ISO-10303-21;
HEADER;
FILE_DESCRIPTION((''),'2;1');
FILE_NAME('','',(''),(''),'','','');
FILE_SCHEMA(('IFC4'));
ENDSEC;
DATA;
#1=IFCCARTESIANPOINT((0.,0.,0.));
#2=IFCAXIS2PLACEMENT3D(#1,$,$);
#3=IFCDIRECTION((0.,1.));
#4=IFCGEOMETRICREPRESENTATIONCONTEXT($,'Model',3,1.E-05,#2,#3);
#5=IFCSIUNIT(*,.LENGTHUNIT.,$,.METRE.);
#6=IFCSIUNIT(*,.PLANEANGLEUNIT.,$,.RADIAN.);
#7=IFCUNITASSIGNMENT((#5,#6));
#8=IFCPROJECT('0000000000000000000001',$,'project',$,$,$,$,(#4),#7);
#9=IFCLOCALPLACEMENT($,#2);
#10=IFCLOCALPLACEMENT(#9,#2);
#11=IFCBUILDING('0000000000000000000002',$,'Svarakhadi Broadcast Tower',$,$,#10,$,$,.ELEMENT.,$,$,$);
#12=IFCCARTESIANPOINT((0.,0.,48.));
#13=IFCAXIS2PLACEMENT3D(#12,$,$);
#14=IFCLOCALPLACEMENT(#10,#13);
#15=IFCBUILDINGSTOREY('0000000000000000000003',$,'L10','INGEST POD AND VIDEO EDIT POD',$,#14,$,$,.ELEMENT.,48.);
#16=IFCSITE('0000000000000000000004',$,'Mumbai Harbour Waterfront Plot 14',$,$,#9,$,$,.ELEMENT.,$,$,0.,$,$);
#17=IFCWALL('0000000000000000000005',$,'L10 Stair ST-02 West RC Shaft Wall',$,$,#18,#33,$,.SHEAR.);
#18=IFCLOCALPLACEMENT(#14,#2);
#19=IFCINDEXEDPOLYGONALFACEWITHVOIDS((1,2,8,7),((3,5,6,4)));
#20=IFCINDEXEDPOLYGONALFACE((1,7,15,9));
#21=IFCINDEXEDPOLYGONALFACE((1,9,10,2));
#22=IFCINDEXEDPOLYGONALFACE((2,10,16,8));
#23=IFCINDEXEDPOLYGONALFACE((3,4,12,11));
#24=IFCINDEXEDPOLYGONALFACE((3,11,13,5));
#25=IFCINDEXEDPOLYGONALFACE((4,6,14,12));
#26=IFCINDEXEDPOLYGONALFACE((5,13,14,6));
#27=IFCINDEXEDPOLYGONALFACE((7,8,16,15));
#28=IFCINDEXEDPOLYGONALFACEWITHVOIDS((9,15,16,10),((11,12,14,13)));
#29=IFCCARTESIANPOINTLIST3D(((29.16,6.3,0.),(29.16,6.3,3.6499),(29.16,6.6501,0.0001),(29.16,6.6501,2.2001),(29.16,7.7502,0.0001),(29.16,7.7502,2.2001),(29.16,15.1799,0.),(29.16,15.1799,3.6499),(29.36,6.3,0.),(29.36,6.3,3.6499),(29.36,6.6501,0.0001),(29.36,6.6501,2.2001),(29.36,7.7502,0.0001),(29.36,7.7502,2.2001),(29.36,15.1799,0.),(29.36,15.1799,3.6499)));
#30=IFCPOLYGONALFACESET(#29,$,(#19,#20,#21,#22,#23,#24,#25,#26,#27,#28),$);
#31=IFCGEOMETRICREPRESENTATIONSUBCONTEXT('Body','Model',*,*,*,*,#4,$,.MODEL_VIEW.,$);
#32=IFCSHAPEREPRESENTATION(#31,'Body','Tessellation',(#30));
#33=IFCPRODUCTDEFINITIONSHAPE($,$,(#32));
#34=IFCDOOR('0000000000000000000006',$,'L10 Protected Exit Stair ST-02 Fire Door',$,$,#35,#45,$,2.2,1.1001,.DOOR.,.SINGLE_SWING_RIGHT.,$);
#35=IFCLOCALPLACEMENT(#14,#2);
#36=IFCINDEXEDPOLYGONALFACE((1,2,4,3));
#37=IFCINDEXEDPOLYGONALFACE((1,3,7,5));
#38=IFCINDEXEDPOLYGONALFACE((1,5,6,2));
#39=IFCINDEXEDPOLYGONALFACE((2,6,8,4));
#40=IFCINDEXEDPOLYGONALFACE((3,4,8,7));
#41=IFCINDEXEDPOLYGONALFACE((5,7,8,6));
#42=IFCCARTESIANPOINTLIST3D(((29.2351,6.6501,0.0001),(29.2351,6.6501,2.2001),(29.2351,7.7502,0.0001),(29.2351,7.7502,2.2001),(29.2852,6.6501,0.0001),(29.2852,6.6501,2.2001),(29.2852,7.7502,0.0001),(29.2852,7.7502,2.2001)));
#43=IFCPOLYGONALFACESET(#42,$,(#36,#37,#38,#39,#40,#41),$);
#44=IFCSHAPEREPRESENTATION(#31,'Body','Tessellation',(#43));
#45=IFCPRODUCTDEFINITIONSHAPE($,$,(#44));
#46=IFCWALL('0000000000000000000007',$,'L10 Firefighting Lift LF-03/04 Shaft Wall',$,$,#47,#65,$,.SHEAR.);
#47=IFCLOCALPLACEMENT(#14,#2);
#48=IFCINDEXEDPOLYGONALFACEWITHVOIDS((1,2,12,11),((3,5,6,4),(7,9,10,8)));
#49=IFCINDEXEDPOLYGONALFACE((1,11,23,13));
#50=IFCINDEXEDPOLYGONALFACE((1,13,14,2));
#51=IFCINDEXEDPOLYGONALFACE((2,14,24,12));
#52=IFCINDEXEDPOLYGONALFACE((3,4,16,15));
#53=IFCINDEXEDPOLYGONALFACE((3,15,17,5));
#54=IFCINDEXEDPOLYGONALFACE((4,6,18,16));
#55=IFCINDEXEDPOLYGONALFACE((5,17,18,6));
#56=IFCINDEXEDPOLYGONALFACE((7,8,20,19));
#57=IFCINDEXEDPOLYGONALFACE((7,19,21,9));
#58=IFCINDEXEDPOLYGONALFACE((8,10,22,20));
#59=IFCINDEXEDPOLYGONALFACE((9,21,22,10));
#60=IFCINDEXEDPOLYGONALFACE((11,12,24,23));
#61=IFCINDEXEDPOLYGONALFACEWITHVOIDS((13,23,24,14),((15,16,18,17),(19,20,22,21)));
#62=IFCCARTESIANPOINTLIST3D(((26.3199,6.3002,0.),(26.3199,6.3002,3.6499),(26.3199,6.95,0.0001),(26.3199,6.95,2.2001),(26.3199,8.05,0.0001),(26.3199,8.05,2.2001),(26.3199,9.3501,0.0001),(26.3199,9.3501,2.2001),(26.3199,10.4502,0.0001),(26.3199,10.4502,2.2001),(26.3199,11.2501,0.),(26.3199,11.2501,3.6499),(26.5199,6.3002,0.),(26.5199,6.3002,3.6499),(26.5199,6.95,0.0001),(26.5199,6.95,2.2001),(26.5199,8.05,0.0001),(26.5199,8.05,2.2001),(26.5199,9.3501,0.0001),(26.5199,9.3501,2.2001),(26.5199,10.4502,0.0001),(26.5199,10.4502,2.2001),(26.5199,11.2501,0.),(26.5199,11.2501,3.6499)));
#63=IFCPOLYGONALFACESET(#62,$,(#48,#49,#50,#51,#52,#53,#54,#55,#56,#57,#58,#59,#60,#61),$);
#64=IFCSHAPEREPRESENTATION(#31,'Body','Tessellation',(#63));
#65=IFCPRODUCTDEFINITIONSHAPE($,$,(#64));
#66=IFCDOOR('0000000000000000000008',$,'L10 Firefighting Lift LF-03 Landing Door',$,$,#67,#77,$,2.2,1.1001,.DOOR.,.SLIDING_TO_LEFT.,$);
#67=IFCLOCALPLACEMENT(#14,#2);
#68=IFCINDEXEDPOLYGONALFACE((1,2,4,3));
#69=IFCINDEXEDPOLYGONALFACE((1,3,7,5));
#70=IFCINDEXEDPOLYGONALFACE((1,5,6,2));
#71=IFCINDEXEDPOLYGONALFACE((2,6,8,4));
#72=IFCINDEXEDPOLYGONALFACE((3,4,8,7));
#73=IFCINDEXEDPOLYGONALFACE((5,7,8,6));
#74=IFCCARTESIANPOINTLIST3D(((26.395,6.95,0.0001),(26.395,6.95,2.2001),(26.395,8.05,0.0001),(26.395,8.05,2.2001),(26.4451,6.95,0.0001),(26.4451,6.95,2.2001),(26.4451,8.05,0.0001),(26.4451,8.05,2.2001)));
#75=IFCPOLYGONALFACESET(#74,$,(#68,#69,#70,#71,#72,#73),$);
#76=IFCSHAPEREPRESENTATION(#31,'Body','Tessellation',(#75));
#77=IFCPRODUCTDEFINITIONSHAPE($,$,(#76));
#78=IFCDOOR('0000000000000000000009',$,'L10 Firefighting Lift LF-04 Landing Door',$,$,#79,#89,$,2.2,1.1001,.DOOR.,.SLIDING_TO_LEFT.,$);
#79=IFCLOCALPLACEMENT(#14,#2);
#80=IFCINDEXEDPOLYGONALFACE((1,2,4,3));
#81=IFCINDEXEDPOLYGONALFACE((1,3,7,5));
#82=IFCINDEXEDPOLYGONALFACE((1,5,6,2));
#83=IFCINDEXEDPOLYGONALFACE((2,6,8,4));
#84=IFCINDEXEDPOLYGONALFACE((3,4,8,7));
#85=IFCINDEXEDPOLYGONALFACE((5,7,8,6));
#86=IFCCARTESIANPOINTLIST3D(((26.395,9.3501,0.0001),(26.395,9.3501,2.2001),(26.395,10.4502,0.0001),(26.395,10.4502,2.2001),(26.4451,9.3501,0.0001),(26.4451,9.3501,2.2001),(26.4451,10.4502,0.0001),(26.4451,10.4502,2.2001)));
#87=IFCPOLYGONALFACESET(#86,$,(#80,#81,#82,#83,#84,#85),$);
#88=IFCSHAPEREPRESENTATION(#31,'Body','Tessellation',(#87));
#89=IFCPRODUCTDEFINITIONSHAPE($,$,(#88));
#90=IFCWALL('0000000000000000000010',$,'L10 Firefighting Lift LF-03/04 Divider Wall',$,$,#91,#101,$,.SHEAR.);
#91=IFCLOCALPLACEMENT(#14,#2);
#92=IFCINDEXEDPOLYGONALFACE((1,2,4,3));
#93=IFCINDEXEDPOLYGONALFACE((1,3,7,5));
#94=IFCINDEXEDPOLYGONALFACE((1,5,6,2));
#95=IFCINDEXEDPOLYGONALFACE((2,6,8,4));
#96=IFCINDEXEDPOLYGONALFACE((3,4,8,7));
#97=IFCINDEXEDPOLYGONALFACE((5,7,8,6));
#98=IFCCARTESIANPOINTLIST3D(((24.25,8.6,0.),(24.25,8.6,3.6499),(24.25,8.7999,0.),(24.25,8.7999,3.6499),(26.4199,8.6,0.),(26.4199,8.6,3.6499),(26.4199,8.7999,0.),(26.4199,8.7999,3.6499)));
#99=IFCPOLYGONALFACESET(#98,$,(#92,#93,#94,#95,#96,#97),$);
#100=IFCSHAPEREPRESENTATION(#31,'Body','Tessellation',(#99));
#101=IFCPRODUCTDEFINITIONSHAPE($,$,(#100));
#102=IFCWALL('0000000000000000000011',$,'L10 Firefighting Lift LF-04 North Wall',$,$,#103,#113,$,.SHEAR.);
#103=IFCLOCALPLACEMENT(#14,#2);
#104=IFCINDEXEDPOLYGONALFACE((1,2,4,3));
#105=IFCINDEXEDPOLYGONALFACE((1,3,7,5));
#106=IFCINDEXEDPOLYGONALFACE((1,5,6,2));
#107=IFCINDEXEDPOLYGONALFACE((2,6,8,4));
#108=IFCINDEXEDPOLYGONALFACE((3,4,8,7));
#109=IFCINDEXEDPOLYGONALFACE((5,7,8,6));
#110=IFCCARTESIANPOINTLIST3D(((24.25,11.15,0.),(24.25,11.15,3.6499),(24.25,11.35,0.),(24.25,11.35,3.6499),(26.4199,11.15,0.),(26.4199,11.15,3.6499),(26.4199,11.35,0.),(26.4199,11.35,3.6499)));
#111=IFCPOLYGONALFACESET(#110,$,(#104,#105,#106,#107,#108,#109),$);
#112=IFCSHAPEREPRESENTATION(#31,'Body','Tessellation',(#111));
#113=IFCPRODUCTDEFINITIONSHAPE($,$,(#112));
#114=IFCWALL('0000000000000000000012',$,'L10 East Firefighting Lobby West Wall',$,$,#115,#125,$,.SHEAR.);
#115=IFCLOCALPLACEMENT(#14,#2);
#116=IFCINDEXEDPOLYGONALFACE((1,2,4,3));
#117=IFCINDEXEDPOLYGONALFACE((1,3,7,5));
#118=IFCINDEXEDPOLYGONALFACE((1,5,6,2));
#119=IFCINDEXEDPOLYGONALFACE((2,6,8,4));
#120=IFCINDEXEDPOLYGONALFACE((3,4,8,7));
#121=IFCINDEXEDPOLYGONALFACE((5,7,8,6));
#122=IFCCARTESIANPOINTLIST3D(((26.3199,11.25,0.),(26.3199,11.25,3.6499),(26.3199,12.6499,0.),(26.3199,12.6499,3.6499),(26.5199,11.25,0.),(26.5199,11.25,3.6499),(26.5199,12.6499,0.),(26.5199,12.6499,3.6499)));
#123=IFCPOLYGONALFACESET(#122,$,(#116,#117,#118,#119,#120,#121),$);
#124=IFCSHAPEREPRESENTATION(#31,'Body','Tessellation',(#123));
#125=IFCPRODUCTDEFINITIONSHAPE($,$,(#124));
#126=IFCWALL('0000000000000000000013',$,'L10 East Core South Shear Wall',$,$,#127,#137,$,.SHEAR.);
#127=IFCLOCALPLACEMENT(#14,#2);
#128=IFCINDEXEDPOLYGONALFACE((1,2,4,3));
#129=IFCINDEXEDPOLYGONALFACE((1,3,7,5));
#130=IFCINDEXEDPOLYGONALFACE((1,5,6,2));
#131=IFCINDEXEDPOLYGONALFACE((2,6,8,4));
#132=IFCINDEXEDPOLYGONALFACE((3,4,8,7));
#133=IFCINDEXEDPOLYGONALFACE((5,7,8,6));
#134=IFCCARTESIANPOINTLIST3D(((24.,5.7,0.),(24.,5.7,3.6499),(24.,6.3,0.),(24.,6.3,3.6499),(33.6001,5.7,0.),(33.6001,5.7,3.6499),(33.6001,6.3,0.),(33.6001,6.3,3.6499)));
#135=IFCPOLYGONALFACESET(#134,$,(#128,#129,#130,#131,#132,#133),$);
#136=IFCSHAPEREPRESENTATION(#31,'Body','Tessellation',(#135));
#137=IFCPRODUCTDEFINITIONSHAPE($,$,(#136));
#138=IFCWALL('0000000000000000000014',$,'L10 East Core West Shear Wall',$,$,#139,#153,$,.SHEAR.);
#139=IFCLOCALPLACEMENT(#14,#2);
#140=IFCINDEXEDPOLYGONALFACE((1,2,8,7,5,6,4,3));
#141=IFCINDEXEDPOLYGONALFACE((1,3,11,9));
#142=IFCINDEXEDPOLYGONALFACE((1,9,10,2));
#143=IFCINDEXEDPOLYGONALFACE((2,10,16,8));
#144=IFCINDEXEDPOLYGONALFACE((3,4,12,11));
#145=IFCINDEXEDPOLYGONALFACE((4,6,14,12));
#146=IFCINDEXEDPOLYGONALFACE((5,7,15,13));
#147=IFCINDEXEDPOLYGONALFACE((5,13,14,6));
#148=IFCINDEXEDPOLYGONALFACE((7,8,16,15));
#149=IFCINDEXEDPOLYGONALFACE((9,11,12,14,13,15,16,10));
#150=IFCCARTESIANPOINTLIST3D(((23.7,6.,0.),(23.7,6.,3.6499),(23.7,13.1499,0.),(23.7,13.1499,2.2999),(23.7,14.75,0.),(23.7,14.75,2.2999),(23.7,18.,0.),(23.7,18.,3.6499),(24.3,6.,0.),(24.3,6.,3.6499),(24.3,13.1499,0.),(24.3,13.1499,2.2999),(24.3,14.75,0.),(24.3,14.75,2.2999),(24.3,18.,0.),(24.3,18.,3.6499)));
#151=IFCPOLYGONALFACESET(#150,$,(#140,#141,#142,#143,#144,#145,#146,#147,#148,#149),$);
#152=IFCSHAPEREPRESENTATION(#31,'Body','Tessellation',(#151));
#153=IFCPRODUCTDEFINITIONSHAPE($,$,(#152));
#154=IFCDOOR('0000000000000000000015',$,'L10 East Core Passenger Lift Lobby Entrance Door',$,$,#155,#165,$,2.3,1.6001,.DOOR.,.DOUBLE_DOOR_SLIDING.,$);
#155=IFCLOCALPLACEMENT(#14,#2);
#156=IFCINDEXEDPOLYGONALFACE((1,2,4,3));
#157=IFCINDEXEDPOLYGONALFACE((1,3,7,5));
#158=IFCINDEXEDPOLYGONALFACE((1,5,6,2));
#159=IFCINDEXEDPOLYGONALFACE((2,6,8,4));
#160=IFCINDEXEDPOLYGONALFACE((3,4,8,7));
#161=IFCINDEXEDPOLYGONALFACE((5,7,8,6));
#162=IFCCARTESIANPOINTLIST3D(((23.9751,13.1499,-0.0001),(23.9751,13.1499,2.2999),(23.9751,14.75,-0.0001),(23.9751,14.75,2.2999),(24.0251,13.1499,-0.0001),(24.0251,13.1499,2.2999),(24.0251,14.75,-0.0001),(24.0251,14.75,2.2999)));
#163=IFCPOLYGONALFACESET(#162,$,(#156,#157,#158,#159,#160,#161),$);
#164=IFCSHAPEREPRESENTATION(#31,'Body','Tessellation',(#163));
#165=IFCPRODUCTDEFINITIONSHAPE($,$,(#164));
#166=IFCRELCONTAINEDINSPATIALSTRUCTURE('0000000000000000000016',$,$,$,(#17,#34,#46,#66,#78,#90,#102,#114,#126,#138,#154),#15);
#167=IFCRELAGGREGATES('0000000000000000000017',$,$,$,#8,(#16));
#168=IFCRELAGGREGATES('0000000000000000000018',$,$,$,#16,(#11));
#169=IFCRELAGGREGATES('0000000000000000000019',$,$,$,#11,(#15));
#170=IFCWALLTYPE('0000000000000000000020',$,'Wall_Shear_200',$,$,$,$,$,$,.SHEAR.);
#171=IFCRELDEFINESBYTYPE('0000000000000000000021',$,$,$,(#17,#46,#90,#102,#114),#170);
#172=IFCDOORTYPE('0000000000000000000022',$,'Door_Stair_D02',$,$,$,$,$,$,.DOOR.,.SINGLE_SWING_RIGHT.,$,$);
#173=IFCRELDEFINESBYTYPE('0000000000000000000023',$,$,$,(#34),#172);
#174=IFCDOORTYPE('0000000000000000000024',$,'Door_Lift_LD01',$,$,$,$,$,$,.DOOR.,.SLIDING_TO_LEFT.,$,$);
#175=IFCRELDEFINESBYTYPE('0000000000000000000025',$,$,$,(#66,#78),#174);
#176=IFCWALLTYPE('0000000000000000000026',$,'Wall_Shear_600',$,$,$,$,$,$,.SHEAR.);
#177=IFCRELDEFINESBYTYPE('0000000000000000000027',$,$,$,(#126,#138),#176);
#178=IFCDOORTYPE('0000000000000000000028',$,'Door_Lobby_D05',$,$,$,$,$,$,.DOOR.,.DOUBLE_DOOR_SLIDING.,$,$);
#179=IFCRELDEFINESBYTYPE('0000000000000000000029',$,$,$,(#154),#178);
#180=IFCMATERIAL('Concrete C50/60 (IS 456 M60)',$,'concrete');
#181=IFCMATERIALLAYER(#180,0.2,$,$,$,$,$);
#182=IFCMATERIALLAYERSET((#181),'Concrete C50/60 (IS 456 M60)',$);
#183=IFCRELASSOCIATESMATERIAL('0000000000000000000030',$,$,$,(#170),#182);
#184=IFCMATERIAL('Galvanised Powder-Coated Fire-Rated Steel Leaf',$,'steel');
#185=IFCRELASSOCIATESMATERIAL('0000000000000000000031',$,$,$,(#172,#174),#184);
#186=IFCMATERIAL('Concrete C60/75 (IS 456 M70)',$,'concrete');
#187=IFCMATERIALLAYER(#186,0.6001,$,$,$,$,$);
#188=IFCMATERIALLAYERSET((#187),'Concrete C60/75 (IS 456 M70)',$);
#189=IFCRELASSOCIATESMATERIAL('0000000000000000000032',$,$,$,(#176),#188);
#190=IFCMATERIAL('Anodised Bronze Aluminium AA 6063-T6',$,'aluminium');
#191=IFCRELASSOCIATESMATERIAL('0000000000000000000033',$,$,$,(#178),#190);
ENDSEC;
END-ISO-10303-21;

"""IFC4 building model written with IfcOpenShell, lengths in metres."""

from ifc_helpers import new_model, si_unit, direction, frame, frame_2d, origin, place, context, subcontext, project, spatial, rectangle, extrude, material, layer, layer_set, type_object, element, fill, save


model = new_model("IFC4")

# Units and contexts
model_context = context("Model", 3, precision=1e-05, world=origin(), true_north=direction((0.0, 1.0)))
body_context = subcontext(model_context, "Body", "Model", "MODEL_VIEW")
ifc_project = project(units=[si_unit("LENGTHUNIT", "METRE"), si_unit("PLANEANGLEUNIT", "RADIAN")], contexts=[model_context])

# Site, building, storey
site_placement = place(None, origin())
site = spatial("IfcSite", under=ifc_project, at=site_placement, Name="Mumbai Harbour Waterfront Plot 14", CompositionType="ELEMENT", RefElevation=0.0)
building_placement = place(site_placement, origin())
building = spatial("IfcBuilding", under=site, at=building_placement, Name="Svarakhadi Broadcast Tower", CompositionType="ELEMENT")
storey_placement = place(building_placement, frame((0.0, 0.0, 48.0)))
storey = spatial("IfcBuildingStorey", under=building, at=storey_placement, Name="L10", Description="INGEST POD AND VIDEO EDIT POD", CompositionType="ELEMENT", Elevation=48.0)

# Shared definitions
ifc_material_1 = material(Name="Concrete C60/75 (IS 456 M70)", Category="concrete")

# Shared definitions
ifc_material_2 = material(Name="Concrete C50/60 (IS 456 M60)", Category="concrete")

# Wall, opening, door
ifc_layer_1 = layer(ifc_material_2, 0.2)
ifc_layer_set_1 = layer_set([ifc_layer_1], Name="Concrete C50/60 (IS 456 M60)")
wall_type_1 = type_object("IfcWallType", Name="Wall_Shear_200", PredefinedType="SHEAR", material=ifc_layer_set_1)
wall_1_placement = place(storey_placement, frame((29.26, 6.3, 0.0), z_axis=(0.0, 0.0, 1.0), x_axis=(0.0, 1.0, 0.0)))
wall_1 = element("IfcWall", 1, at=wall_1_placement, inside=storey, type_object=wall_type_1, Name="L10 Stair ST-02 West RC Shaft Wall", PredefinedType="SHEAR", context=body_context, shape_type="SweptSolid", body=[
    extrude(rectangle(XDim=8.8799, YDim=0.2, at=frame_2d((4.4399, 0.0))), origin(), (0.0, 0.0, 1.0), 3.6499),
])
opening_1_placement = place(wall_1_placement, frame((0.3501, 0.0, 0.0)))
opening_1 = element("IfcOpeningElement", 2, at=opening_1_placement, cuts=wall_1, PredefinedType="OPENING", context=body_context, shape_type="SweptSolid", body=[
    extrude(rectangle(XDim=1.1001, YDim=2.2, at=frame_2d((0.55, 1.1001))), frame((0.0, 0.1099, 0.0), z_axis=(0.0, -1.0, 0.0), x_axis=(1.0, 0.0, 0.0)), (0.0, 0.0, 1.0), 0.22),
])
ifc_material_3 = material(Name="Galvanised Powder-Coated Fire-Rated Steel Leaf", Category="steel")
door_type_1 = type_object("IfcDoorType", Name="Door_Stair_D02", OperationType="SINGLE_SWING_RIGHT", PredefinedType="DOOR", material=ifc_material_3)
door_1_placement = place(opening_1_placement, origin())
door_1 = element("IfcDoor", 3, at=door_1_placement, inside=storey, type_object=door_type_1, Name="L10 Protected Exit Stair ST-02 Fire Door", OperationType="SINGLE_SWING_RIGHT", OverallHeight=2.2, OverallWidth=1.1001, PredefinedType="DOOR", context=body_context, shape_type="SweptSolid", body=[
    extrude(rectangle(XDim=1.1001, YDim=2.2, at=frame_2d((0.55, 1.1001))), frame((0.0, 0.0249, 0.0), z_axis=(0.0, -1.0, 0.0), x_axis=(1.0, 0.0, 0.0)), (0.0, 0.0, 1.0), 0.05),
])
fill(opening_1, door_1)

# Wall, openings, doors
wall_2_placement = place(storey_placement, frame((26.4199, 6.3, 0.0), z_axis=(0.0, 0.0, 1.0), x_axis=(0.0, 1.0, 0.0)))
wall_2 = element("IfcWall", 4, at=wall_2_placement, inside=storey, type_object=wall_type_1, Name="L10 Firefighting Lift LF-03/04 Shaft Wall", PredefinedType="SHEAR", context=body_context, shape_type="SweptSolid", body=[
    extrude(rectangle(XDim=4.95, YDim=0.2, at=frame_2d((2.4751, 0.0))), origin(), (0.0, 0.0, 1.0), 3.6499),
])
opening_2_placement = place(wall_2_placement, frame((0.6499, 0.0, 0.0)))
opening_2 = element("IfcOpeningElement", 5, at=opening_2_placement, cuts=wall_2, PredefinedType="OPENING", context=body_context, shape_type="SweptSolid", body=[
    extrude(rectangle(XDim=1.1001, YDim=2.2, at=frame_2d((0.55, 1.1001))), frame((0.0, 0.1099, 0.0), z_axis=(0.0, -1.0, 0.0), x_axis=(1.0, 0.0, 0.0)), (0.0, 0.0, 1.0), 0.22),
])
opening_3_placement = place(wall_2_placement, frame((3.05, 0.0, 0.0)))
opening_3 = element("IfcOpeningElement", 6, at=opening_3_placement, cuts=wall_2, PredefinedType="OPENING", context=body_context, shape_type="SweptSolid", body=[
    extrude(rectangle(XDim=1.1001, YDim=2.2, at=frame_2d((0.55, 1.1001))), frame((0.0, 0.1099, 0.0), z_axis=(0.0, -1.0, 0.0), x_axis=(1.0, 0.0, 0.0)), (0.0, 0.0, 1.0), 0.22),
])
door_type_2 = type_object("IfcDoorType", Name="Door_Lift_LD01", OperationType="SLIDING_TO_LEFT", PredefinedType="DOOR", material=ifc_material_3)
door_2_placement = place(opening_2_placement, origin())
door_2 = element("IfcDoor", 7, at=door_2_placement, inside=storey, type_object=door_type_2, Name="L10 Firefighting Lift LF-03 Landing Door", OperationType="SLIDING_TO_LEFT", OverallHeight=2.2, OverallWidth=1.1001, PredefinedType="DOOR", context=body_context, shape_type="SweptSolid", body=[
    extrude(rectangle(XDim=1.1001, YDim=2.2, at=frame_2d((0.55, 1.1001))), frame((0.0, 0.0249, 0.0), z_axis=(0.0, -1.0, 0.0), x_axis=(1.0, 0.0, 0.0)), (0.0, 0.0, 1.0), 0.05),
])
fill(opening_2, door_2)
door_3_placement = place(opening_3_placement, origin())
door_3 = element("IfcDoor", 8, at=door_3_placement, inside=storey, type_object=door_type_2, Name="L10 Firefighting Lift LF-04 Landing Door", OperationType="SLIDING_TO_LEFT", OverallHeight=2.2, OverallWidth=1.1001, PredefinedType="DOOR", context=body_context, shape_type="SweptSolid", body=[
    extrude(rectangle(XDim=1.1001, YDim=2.2, at=frame_2d((0.55, 1.1001))), frame((0.0, 0.0249, 0.0), z_axis=(0.0, -1.0, 0.0), x_axis=(1.0, 0.0, 0.0)), (0.0, 0.0, 1.0), 0.05),
])
fill(opening_3, door_3)

# Walls
for number, where, z_axis, x_axis, name in (
    (9, (24.25, 8.7, 0.0), (0.0, 0.0, 1.0), (1.0, 0.0, 0.0), "L10 Firefighting Lift LF-03/04 Divider Wall"),
    (10, (24.25, 11.25, 0.0), (0.0, 0.0, 1.0), (1.0, 0.0, 0.0), "L10 Firefighting Lift LF-04 North Wall"),
):
    element("IfcWall", number, at=place(storey_placement, frame(where, z_axis=z_axis, x_axis=x_axis)), inside=storey, type_object=wall_type_1, Name=name, PredefinedType="SHEAR", context=body_context, shape_type="SweptSolid", body=[
        extrude(rectangle(XDim=2.1699, YDim=0.2, at=frame_2d((1.085, 0.0))), origin(), (0.0, 0.0, 1.0), 3.6499),
    ])
wall_3_placement = place(storey_placement, frame((26.4199, 11.25, 0.0), z_axis=(0.0, 0.0, 1.0), x_axis=(0.0, 1.0, 0.0)))
element("IfcWall", 11, at=wall_3_placement, inside=storey, type_object=wall_type_1, Name="L10 East Firefighting Lobby West Wall", PredefinedType="SHEAR", context=body_context, shape_type="SweptSolid", body=[
    extrude(rectangle(XDim=1.3999, YDim=0.2, at=frame_2d((0.7, 0.0))), origin(), (0.0, 0.0, 1.0), 3.6499),
])
ifc_layer_2 = layer(ifc_material_1, 0.6001)
ifc_layer_set_2 = layer_set([ifc_layer_2], Name="Concrete C60/75 (IS 456 M70)")
wall_type_2 = type_object("IfcWallType", Name="Wall_Shear_600", PredefinedType="SHEAR", material=ifc_layer_set_2)
wall_4_placement = place(storey_placement, frame((24.0, 6.0, 0.0), z_axis=(0.0, 0.0, 1.0), x_axis=(1.0, 0.0, 0.0)))
element("IfcWall", 12, at=wall_4_placement, inside=storey, type_object=wall_type_2, Name="L10 East Core South Shear Wall", PredefinedType="SHEAR", context=body_context, shape_type="SweptSolid", body=[
    extrude(rectangle(XDim=9.6001, YDim=0.6001, at=frame_2d((4.8, 0.0))), origin(), (0.0, 0.0, 1.0), 3.6499),
])

# Wall, opening, door
wall_5_placement = place(storey_placement, frame((24.0, 6.0, 0.0), z_axis=(0.0, 0.0, 1.0), x_axis=(0.0, 1.0, 0.0)))
wall_5 = element("IfcWall", 13, at=wall_5_placement, inside=storey, type_object=wall_type_2, Name="L10 East Core West Shear Wall", PredefinedType="SHEAR", context=body_context, shape_type="SweptSolid", body=[
    extrude(rectangle(XDim=12.0, YDim=0.6001, at=frame_2d((6.0, 0.0))), origin(), (0.0, 0.0, 1.0), 3.6499),
])
opening_4_placement = place(wall_5_placement, frame((7.1499, 0.0, 0.0)))
opening_4 = element("IfcOpeningElement", 14, at=opening_4_placement, cuts=wall_5, PredefinedType="OPENING", context=body_context, shape_type="SweptSolid", body=[
    extrude(rectangle(XDim=1.6001, YDim=2.3, at=frame_2d((0.8, 1.1499))), frame((0.0, 0.3101, 0.0), z_axis=(0.0, -1.0, 0.0), x_axis=(1.0, 0.0, 0.0)), (0.0, 0.0, 1.0), 0.6201),
])
ifc_material_4 = material(Name="Anodised Bronze Aluminium AA 6063-T6", Category="aluminium")
door_type_3 = type_object("IfcDoorType", Name="Door_Lobby_D05", OperationType="DOUBLE_DOOR_SLIDING", PredefinedType="DOOR", material=ifc_material_4)
door_4_placement = place(opening_4_placement, origin())
door_4 = element("IfcDoor", 15, at=door_4_placement, inside=storey, type_object=door_type_3, Name="L10 East Core Passenger Lift Lobby Entrance Door", OperationType="DOUBLE_DOOR_SLIDING", OverallHeight=2.3, OverallWidth=1.6001, PredefinedType="DOOR", context=body_context, shape_type="SweptSolid", body=[
    extrude(rectangle(XDim=1.6001, YDim=2.3, at=frame_2d((0.8, 1.1499))), frame((0.0, 0.0249, 0.0), z_axis=(0.0, -1.0, 0.0), x_axis=(1.0, 0.0, 0.0)), (0.0, 0.0, 1.0), 0.05),
])
fill(opening_4, door_4)

save(model, "model.ifc")
